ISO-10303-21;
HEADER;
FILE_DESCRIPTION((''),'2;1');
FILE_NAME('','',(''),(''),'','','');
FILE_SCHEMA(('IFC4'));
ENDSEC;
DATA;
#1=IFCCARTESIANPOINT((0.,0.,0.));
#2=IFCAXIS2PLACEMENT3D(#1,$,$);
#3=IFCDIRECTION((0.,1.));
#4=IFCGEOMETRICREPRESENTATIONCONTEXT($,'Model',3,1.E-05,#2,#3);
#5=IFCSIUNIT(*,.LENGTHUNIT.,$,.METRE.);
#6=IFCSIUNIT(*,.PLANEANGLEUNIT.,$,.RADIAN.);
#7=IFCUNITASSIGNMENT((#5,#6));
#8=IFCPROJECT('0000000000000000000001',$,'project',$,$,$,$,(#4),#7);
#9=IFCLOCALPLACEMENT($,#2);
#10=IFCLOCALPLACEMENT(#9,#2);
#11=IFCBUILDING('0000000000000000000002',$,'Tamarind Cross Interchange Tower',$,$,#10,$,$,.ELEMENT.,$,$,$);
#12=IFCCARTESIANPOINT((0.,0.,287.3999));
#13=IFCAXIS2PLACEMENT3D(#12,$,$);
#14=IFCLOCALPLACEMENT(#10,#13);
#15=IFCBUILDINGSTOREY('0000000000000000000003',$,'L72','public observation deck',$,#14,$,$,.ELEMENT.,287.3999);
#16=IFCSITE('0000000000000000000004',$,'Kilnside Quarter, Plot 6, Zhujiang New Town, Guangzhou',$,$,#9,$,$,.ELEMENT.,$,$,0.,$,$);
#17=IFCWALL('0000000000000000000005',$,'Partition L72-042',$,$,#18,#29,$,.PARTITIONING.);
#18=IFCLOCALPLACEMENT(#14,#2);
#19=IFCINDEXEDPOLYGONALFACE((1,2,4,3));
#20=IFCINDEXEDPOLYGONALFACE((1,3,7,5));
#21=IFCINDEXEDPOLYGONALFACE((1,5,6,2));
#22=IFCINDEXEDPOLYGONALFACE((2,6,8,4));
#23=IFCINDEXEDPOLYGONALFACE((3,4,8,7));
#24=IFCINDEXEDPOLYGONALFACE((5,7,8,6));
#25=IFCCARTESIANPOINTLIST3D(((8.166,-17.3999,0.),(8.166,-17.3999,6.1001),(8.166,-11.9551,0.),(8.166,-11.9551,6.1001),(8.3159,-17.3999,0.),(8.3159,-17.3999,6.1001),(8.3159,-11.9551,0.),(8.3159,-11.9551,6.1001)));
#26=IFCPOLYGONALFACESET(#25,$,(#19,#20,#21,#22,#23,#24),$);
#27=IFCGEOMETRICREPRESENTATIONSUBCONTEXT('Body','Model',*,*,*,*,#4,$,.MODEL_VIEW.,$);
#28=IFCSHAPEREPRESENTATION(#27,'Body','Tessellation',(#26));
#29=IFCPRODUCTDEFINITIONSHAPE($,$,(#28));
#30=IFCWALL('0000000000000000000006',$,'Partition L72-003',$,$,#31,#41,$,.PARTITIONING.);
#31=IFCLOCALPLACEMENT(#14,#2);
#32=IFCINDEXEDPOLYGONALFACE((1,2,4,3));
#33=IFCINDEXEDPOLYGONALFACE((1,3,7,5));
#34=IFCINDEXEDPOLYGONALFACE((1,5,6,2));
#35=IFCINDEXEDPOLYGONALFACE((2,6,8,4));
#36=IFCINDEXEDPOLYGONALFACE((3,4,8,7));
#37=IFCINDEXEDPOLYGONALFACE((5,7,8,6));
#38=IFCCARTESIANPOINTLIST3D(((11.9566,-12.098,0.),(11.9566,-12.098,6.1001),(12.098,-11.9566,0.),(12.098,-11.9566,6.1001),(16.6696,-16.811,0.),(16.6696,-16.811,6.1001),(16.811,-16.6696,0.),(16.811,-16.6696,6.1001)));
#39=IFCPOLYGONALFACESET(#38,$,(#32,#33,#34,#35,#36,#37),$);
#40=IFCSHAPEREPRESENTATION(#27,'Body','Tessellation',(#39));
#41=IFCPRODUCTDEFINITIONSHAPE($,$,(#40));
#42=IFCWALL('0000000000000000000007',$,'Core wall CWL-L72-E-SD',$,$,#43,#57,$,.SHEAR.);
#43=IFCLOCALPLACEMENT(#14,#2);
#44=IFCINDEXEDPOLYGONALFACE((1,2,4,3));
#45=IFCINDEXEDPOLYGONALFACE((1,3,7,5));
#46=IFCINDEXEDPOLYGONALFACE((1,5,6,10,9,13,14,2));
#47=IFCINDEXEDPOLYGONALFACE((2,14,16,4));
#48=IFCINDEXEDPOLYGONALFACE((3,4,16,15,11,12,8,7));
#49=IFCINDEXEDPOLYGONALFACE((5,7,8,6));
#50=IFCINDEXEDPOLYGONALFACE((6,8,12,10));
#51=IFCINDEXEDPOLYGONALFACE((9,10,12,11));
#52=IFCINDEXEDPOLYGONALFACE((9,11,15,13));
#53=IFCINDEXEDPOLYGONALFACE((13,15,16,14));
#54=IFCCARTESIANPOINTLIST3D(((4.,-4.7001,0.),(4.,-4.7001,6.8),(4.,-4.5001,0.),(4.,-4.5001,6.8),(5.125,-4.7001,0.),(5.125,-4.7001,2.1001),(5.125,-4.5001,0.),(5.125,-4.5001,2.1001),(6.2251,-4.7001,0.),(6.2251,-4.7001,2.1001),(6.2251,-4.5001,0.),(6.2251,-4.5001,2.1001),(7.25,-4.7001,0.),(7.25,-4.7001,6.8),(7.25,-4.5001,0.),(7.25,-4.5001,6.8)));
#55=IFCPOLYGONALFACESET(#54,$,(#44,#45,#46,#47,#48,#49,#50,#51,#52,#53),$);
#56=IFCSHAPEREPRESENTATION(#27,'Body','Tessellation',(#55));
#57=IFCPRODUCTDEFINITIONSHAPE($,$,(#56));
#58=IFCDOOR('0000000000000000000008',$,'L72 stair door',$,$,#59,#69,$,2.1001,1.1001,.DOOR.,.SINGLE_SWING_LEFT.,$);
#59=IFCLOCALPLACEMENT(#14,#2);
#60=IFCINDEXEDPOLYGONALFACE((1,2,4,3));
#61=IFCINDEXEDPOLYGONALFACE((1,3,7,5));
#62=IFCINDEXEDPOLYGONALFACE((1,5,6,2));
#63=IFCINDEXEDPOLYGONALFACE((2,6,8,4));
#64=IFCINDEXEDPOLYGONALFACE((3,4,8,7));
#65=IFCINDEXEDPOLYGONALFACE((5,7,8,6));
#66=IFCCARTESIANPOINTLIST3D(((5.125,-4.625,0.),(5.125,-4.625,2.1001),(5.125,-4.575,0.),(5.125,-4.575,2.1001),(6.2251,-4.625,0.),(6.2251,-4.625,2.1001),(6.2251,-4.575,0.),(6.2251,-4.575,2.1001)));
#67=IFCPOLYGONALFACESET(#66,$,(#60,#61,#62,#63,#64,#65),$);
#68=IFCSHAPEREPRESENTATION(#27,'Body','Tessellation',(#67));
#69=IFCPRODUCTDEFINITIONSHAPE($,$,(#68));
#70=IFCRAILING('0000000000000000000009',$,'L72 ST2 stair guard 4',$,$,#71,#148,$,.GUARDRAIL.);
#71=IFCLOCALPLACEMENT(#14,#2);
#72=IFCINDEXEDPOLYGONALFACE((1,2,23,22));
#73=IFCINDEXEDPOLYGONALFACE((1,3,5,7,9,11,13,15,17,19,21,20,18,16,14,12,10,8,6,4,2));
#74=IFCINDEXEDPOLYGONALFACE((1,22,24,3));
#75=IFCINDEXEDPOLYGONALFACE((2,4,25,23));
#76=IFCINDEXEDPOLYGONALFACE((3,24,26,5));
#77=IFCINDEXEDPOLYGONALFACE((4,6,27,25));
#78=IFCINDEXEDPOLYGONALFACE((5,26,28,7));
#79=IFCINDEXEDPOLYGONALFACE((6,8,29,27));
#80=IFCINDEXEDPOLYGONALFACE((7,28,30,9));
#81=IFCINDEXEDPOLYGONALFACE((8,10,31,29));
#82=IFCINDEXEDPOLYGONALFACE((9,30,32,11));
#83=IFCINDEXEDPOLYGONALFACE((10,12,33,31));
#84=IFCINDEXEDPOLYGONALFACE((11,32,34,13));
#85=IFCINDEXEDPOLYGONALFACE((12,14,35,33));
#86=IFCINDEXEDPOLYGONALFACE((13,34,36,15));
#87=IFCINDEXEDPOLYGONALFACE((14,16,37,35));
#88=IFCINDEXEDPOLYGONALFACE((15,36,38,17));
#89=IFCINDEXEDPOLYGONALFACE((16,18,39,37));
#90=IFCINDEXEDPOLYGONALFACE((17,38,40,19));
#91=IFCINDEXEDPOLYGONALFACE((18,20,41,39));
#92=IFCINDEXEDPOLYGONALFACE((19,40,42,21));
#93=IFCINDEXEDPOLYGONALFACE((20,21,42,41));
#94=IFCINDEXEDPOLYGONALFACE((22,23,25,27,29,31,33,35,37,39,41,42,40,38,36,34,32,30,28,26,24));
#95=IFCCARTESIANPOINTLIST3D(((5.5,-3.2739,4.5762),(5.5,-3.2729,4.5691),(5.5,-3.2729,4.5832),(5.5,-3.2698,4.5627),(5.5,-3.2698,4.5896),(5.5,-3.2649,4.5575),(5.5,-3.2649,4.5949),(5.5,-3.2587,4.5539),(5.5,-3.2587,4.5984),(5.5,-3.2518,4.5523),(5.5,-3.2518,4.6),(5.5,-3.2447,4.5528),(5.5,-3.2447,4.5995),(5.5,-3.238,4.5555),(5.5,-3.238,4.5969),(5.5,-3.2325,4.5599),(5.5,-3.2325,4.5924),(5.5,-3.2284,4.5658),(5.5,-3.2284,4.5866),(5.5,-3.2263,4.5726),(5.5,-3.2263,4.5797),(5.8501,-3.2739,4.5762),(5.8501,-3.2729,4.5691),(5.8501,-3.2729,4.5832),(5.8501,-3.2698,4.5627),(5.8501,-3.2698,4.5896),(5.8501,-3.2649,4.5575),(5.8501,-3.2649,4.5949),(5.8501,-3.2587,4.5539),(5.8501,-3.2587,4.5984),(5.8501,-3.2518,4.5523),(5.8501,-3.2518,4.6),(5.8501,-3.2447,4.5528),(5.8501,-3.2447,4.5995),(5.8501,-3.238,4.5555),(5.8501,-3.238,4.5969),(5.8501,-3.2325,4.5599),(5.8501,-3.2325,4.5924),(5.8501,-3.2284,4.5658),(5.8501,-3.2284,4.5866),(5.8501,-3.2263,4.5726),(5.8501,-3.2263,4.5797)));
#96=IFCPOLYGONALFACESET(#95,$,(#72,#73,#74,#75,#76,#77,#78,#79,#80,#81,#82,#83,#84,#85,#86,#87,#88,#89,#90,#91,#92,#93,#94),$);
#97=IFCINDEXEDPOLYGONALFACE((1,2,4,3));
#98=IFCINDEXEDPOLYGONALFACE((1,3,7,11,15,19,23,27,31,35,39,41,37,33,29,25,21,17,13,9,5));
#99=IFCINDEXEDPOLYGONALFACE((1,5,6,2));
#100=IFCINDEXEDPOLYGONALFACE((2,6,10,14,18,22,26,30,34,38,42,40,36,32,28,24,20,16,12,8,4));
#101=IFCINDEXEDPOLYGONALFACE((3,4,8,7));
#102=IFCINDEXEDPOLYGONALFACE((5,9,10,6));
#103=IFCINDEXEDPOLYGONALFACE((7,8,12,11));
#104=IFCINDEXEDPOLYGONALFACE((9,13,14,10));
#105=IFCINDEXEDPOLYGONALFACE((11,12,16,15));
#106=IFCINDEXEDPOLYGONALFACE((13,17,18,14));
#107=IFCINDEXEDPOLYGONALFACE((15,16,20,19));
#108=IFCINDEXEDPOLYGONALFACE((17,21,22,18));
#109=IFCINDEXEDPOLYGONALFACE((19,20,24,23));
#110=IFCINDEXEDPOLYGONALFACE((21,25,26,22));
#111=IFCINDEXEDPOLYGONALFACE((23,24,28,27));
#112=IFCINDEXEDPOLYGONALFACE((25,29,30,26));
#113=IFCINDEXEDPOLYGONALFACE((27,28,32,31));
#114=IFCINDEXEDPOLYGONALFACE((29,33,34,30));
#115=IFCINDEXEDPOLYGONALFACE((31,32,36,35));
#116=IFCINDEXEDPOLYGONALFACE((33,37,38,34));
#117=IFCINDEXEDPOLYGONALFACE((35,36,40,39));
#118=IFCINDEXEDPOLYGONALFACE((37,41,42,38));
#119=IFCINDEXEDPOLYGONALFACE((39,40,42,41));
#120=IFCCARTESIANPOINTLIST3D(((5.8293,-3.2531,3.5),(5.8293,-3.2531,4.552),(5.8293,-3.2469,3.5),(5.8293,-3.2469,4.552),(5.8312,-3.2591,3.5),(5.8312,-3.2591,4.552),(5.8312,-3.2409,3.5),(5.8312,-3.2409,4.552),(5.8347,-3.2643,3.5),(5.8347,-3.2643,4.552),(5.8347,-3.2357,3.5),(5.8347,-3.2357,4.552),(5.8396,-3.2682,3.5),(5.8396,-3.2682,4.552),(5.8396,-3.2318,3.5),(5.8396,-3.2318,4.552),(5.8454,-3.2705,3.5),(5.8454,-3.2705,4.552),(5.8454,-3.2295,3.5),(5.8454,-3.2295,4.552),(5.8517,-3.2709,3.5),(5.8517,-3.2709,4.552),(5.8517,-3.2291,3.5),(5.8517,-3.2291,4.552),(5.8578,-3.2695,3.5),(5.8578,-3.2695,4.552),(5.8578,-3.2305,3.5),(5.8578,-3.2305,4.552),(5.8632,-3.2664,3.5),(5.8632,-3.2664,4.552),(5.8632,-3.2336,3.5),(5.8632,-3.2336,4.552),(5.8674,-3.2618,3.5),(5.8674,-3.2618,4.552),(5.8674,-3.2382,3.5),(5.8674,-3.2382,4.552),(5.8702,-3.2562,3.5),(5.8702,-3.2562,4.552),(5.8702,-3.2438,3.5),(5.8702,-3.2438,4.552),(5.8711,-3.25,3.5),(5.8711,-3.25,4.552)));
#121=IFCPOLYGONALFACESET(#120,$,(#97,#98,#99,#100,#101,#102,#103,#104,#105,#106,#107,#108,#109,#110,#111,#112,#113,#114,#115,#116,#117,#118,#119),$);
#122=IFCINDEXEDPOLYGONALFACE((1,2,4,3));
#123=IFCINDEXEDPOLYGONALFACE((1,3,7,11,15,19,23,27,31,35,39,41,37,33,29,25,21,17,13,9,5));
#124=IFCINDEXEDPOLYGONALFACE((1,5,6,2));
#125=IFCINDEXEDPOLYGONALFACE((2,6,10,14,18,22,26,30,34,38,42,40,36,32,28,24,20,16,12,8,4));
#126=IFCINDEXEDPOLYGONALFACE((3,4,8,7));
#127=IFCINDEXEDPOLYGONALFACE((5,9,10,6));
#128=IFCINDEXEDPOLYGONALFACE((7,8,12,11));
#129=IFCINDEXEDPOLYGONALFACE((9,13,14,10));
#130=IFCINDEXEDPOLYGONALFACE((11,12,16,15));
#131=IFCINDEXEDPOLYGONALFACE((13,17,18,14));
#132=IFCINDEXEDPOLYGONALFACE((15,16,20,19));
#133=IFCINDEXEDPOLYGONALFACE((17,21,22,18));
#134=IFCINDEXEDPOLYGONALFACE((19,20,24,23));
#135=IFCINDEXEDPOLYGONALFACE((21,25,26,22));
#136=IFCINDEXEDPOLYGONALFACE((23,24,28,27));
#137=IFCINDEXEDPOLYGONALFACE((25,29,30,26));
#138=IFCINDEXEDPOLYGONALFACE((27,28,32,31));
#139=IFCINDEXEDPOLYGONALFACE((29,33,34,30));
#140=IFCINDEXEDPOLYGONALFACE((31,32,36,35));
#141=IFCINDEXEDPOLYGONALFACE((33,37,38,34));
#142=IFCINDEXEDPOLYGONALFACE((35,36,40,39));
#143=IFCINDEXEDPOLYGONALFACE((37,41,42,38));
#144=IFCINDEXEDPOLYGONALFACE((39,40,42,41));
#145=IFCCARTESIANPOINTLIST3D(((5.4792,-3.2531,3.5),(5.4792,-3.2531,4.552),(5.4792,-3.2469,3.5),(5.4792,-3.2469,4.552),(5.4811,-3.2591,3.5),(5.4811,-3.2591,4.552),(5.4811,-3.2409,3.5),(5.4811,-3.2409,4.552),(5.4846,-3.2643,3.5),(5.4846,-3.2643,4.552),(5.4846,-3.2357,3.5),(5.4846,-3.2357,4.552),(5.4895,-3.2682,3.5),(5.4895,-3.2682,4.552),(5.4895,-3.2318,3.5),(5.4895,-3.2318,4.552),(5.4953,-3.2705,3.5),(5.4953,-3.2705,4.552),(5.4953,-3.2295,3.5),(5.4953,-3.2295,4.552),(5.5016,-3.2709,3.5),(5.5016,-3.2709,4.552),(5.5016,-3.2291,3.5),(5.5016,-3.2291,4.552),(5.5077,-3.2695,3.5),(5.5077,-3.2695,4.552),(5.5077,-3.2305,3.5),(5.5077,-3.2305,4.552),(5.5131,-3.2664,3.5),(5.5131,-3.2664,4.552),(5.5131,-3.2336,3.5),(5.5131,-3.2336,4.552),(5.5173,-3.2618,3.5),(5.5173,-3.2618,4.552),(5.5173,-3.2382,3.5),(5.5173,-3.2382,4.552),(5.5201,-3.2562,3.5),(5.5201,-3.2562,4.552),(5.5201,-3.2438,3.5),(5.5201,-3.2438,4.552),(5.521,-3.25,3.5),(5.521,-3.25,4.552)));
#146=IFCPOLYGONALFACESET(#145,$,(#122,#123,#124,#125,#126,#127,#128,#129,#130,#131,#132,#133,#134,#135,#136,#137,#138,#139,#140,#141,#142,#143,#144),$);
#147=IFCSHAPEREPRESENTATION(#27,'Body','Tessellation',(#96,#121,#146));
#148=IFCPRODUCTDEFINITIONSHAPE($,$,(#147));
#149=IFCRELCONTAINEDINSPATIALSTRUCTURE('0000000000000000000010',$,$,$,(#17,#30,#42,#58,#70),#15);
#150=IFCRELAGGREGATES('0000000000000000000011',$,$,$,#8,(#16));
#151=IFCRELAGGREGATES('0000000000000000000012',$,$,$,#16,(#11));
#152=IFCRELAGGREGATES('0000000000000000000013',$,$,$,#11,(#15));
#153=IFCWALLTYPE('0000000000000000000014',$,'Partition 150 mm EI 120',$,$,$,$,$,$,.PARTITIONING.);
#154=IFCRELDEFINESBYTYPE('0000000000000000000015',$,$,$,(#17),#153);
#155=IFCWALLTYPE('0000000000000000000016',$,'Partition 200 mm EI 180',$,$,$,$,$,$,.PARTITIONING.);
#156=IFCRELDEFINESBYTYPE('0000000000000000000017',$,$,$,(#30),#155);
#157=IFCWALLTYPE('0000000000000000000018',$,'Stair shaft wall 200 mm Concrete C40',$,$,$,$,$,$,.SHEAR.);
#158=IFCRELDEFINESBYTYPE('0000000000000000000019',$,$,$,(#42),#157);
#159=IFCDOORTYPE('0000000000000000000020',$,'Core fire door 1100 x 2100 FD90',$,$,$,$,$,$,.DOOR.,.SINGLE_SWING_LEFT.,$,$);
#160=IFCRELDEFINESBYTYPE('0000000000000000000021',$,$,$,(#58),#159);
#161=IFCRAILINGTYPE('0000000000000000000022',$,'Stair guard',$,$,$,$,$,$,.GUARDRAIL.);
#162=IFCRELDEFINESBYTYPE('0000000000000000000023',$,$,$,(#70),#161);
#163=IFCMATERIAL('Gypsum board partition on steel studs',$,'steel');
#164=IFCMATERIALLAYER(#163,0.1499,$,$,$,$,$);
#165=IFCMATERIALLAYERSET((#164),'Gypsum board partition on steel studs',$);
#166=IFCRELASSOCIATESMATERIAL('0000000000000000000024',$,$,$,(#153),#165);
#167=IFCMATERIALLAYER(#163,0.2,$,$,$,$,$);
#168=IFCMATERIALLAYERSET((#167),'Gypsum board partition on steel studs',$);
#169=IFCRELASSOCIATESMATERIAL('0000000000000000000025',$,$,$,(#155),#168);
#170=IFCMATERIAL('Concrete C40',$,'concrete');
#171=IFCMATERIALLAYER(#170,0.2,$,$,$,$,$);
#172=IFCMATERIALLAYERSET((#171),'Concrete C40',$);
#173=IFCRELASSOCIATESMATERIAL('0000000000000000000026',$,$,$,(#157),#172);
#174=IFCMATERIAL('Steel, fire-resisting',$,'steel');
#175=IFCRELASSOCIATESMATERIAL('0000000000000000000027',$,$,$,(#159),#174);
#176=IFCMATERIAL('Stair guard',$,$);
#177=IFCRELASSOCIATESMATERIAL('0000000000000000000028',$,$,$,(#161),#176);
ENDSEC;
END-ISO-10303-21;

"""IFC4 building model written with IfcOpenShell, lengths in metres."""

from ifc_helpers import new_model, si_unit, direction, frame, frame_2d, origin, origin_2d, place, context, subcontext, project, spatial, rectangle, circle, extrude, material, layer, layer_set, type_object, element, fill, save


model = new_model("IFC4")

# Units and contexts
model_context = context("Model", 3, precision=1e-05, world=origin(), true_north=direction((0.0, 1.0)))
body_context = subcontext(model_context, "Body", "Model", "MODEL_VIEW")
ifc_project = project(units=[si_unit("LENGTHUNIT", "METRE"), si_unit("PLANEANGLEUNIT", "RADIAN")], contexts=[model_context])

# Site, building, storey
site_placement = place(None, origin())
site = spatial("IfcSite", under=ifc_project, at=site_placement, Name="Kilnside Quarter, Plot 6, Zhujiang New Town, Guangzhou", CompositionType="ELEMENT", RefElevation=0.0)
building_placement = place(site_placement, origin())
building = spatial("IfcBuilding", under=site, at=building_placement, Name="Tamarind Cross Interchange Tower", CompositionType="ELEMENT")
storey_placement = place(building_placement, frame((0.0, 0.0, 287.3999)))
storey = spatial("IfcBuildingStorey", under=building, at=storey_placement, Name="L72", Description="public observation deck", CompositionType="ELEMENT", Elevation=287.3999)

# Shared definitions
ifc_material_1 = material(Name="Steel, fire-resisting", Category="steel")

# Walls
ifc_material_2 = material(Name="Gypsum board partition on steel studs", Category="steel")
ifc_layer_1 = layer(ifc_material_2, 0.1499)
ifc_layer_set_1 = layer_set([ifc_layer_1], Name="Gypsum board partition on steel studs")
wall_type_1 = type_object("IfcWallType", Name="Partition 150 mm EI 120", PredefinedType="PARTITIONING", material=ifc_layer_set_1)
wall_1_placement = place(storey_placement, frame((8.241, -17.3999, 0.0), z_axis=(0.0, 0.0, 1.0), x_axis=(0.0, 1.0, 0.0)))
element("IfcWall", 1, at=wall_1_placement, inside=storey, type_object=wall_type_1, Name="Partition L72-042", PredefinedType="PARTITIONING", context=body_context, shape_type="SweptSolid", body=[
    extrude(rectangle(XDim=5.4448, YDim=0.1499, at=frame_2d((2.7224, 0.0))), origin(), (0.0, 0.0, 1.0), 6.1001),
])
ifc_layer_2 = layer(ifc_material_2, 0.2)
ifc_layer_set_2 = layer_set([ifc_layer_2], Name="Gypsum board partition on steel studs")
wall_type_2 = type_object("IfcWallType", Name="Partition 200 mm EI 180", PredefinedType="PARTITIONING", material=ifc_layer_set_2)
wall_2_placement = place(storey_placement, frame((12.0273, -12.0273, 0.0), z_axis=(0.0, 0.0, 1.0), x_axis=(0.707107, -0.707107, 0.0)))
element("IfcWall", 2, at=wall_2_placement, inside=storey, type_object=wall_type_2, Name="Partition L72-003", PredefinedType="PARTITIONING", context=body_context, shape_type="SweptSolid", body=[
    extrude(rectangle(XDim=6.6653, YDim=0.2, at=frame_2d((3.3325, 0.0))), origin(), (0.0, 0.0, 1.0), 6.1001),
])

# Wall, opening, door
ifc_material_3 = material(Name="Concrete C40", Category="concrete")
ifc_layer_3 = layer(ifc_material_3, 0.2)
ifc_layer_set_3 = layer_set([ifc_layer_3], Name="Concrete C40")
wall_type_3 = type_object("IfcWallType", Name="Stair shaft wall 200 mm Concrete C40", PredefinedType="SHEAR", material=ifc_layer_set_3)
wall_3_placement = place(storey_placement, frame((7.25, -4.6001, 0.0), z_axis=(0.0, 0.0, 1.0), x_axis=(-1.0, 0.0, 0.0)))
wall_3 = element("IfcWall", 3, at=wall_3_placement, inside=storey, type_object=wall_type_3, Name="Core wall CWL-L72-E-SD", PredefinedType="SHEAR", context=body_context, shape_type="SweptSolid", body=[
    extrude(rectangle(XDim=3.25, YDim=0.2, at=frame_2d((1.625, 0.0))), origin(), (0.0, 0.0, 1.0), 6.8),
])
opening_1_placement = place(wall_3_placement, frame((1.0249, 0.0, 0.0)))
opening_1 = element("IfcOpeningElement", 4, at=opening_1_placement, cuts=wall_3, PredefinedType="OPENING", context=body_context, shape_type="SweptSolid", body=[
    extrude(rectangle(XDim=1.1001, YDim=2.1001, at=frame_2d((0.55, 1.05))), frame((0.0, 0.1099, 0.0), z_axis=(0.0, -1.0, 0.0), x_axis=(1.0, 0.0, 0.0)), (0.0, 0.0, 1.0), 0.22),
])
door_type_1 = type_object("IfcDoorType", Name="Core fire door 1100 x 2100 FD90", OperationType="SINGLE_SWING_LEFT", PredefinedType="DOOR", material=ifc_material_1)
door_1_placement = place(opening_1_placement, origin())
door_1 = element("IfcDoor", 5, at=door_1_placement, inside=storey, type_object=door_type_1, Name="L72 stair door", OperationType="SINGLE_SWING_LEFT", OverallHeight=2.1001, OverallWidth=1.1001, PredefinedType="DOOR", context=body_context, shape_type="SweptSolid", body=[
    extrude(rectangle(XDim=1.1001, YDim=2.1001, at=frame_2d((0.55, 1.05))), frame((0.0, 0.0249, 0.0), z_axis=(0.0, -1.0, 0.0), x_axis=(1.0, 0.0, 0.0)), (0.0, 0.0, 1.0), 0.05),
])
fill(opening_1, door_1)

# Railing
ifc_material_4 = material(Name="Stair guard")
railing_type = type_object("IfcRailingType", Name="Stair guard", PredefinedType="GUARDRAIL", material=ifc_material_4)
for number, where, name in (
    (6, (5.8501, -3.25, 3.5), "L72 ST2 stair guard 4"),
):
    element("IfcRailing", number, at=place(storey_placement, frame(where)), inside=storey, type_object=railing_type, Name=name, PredefinedType="GUARDRAIL", context=body_context, shape_type="SweptSolid", body=[
        extrude(circle(Radius=0.0239, at=origin_2d()), frame((0.0, 0.0, 1.0762), z_axis=(-1.0, 0.0, 0.0), x_axis=(0.0, -1.0, 0.0)), (0.0, 0.0, 1.0), 0.3501),
        extrude(circle(Radius=0.021, at=origin_2d()), origin(), (0.0, 0.0, 1.0), 1.052),
        extrude(circle(Radius=0.021, at=origin_2d()), frame((-0.3501, 0.0, 0.0)), (0.0, 0.0, 1.0), 1.052),
    ])

save(model, "model.ifc")
